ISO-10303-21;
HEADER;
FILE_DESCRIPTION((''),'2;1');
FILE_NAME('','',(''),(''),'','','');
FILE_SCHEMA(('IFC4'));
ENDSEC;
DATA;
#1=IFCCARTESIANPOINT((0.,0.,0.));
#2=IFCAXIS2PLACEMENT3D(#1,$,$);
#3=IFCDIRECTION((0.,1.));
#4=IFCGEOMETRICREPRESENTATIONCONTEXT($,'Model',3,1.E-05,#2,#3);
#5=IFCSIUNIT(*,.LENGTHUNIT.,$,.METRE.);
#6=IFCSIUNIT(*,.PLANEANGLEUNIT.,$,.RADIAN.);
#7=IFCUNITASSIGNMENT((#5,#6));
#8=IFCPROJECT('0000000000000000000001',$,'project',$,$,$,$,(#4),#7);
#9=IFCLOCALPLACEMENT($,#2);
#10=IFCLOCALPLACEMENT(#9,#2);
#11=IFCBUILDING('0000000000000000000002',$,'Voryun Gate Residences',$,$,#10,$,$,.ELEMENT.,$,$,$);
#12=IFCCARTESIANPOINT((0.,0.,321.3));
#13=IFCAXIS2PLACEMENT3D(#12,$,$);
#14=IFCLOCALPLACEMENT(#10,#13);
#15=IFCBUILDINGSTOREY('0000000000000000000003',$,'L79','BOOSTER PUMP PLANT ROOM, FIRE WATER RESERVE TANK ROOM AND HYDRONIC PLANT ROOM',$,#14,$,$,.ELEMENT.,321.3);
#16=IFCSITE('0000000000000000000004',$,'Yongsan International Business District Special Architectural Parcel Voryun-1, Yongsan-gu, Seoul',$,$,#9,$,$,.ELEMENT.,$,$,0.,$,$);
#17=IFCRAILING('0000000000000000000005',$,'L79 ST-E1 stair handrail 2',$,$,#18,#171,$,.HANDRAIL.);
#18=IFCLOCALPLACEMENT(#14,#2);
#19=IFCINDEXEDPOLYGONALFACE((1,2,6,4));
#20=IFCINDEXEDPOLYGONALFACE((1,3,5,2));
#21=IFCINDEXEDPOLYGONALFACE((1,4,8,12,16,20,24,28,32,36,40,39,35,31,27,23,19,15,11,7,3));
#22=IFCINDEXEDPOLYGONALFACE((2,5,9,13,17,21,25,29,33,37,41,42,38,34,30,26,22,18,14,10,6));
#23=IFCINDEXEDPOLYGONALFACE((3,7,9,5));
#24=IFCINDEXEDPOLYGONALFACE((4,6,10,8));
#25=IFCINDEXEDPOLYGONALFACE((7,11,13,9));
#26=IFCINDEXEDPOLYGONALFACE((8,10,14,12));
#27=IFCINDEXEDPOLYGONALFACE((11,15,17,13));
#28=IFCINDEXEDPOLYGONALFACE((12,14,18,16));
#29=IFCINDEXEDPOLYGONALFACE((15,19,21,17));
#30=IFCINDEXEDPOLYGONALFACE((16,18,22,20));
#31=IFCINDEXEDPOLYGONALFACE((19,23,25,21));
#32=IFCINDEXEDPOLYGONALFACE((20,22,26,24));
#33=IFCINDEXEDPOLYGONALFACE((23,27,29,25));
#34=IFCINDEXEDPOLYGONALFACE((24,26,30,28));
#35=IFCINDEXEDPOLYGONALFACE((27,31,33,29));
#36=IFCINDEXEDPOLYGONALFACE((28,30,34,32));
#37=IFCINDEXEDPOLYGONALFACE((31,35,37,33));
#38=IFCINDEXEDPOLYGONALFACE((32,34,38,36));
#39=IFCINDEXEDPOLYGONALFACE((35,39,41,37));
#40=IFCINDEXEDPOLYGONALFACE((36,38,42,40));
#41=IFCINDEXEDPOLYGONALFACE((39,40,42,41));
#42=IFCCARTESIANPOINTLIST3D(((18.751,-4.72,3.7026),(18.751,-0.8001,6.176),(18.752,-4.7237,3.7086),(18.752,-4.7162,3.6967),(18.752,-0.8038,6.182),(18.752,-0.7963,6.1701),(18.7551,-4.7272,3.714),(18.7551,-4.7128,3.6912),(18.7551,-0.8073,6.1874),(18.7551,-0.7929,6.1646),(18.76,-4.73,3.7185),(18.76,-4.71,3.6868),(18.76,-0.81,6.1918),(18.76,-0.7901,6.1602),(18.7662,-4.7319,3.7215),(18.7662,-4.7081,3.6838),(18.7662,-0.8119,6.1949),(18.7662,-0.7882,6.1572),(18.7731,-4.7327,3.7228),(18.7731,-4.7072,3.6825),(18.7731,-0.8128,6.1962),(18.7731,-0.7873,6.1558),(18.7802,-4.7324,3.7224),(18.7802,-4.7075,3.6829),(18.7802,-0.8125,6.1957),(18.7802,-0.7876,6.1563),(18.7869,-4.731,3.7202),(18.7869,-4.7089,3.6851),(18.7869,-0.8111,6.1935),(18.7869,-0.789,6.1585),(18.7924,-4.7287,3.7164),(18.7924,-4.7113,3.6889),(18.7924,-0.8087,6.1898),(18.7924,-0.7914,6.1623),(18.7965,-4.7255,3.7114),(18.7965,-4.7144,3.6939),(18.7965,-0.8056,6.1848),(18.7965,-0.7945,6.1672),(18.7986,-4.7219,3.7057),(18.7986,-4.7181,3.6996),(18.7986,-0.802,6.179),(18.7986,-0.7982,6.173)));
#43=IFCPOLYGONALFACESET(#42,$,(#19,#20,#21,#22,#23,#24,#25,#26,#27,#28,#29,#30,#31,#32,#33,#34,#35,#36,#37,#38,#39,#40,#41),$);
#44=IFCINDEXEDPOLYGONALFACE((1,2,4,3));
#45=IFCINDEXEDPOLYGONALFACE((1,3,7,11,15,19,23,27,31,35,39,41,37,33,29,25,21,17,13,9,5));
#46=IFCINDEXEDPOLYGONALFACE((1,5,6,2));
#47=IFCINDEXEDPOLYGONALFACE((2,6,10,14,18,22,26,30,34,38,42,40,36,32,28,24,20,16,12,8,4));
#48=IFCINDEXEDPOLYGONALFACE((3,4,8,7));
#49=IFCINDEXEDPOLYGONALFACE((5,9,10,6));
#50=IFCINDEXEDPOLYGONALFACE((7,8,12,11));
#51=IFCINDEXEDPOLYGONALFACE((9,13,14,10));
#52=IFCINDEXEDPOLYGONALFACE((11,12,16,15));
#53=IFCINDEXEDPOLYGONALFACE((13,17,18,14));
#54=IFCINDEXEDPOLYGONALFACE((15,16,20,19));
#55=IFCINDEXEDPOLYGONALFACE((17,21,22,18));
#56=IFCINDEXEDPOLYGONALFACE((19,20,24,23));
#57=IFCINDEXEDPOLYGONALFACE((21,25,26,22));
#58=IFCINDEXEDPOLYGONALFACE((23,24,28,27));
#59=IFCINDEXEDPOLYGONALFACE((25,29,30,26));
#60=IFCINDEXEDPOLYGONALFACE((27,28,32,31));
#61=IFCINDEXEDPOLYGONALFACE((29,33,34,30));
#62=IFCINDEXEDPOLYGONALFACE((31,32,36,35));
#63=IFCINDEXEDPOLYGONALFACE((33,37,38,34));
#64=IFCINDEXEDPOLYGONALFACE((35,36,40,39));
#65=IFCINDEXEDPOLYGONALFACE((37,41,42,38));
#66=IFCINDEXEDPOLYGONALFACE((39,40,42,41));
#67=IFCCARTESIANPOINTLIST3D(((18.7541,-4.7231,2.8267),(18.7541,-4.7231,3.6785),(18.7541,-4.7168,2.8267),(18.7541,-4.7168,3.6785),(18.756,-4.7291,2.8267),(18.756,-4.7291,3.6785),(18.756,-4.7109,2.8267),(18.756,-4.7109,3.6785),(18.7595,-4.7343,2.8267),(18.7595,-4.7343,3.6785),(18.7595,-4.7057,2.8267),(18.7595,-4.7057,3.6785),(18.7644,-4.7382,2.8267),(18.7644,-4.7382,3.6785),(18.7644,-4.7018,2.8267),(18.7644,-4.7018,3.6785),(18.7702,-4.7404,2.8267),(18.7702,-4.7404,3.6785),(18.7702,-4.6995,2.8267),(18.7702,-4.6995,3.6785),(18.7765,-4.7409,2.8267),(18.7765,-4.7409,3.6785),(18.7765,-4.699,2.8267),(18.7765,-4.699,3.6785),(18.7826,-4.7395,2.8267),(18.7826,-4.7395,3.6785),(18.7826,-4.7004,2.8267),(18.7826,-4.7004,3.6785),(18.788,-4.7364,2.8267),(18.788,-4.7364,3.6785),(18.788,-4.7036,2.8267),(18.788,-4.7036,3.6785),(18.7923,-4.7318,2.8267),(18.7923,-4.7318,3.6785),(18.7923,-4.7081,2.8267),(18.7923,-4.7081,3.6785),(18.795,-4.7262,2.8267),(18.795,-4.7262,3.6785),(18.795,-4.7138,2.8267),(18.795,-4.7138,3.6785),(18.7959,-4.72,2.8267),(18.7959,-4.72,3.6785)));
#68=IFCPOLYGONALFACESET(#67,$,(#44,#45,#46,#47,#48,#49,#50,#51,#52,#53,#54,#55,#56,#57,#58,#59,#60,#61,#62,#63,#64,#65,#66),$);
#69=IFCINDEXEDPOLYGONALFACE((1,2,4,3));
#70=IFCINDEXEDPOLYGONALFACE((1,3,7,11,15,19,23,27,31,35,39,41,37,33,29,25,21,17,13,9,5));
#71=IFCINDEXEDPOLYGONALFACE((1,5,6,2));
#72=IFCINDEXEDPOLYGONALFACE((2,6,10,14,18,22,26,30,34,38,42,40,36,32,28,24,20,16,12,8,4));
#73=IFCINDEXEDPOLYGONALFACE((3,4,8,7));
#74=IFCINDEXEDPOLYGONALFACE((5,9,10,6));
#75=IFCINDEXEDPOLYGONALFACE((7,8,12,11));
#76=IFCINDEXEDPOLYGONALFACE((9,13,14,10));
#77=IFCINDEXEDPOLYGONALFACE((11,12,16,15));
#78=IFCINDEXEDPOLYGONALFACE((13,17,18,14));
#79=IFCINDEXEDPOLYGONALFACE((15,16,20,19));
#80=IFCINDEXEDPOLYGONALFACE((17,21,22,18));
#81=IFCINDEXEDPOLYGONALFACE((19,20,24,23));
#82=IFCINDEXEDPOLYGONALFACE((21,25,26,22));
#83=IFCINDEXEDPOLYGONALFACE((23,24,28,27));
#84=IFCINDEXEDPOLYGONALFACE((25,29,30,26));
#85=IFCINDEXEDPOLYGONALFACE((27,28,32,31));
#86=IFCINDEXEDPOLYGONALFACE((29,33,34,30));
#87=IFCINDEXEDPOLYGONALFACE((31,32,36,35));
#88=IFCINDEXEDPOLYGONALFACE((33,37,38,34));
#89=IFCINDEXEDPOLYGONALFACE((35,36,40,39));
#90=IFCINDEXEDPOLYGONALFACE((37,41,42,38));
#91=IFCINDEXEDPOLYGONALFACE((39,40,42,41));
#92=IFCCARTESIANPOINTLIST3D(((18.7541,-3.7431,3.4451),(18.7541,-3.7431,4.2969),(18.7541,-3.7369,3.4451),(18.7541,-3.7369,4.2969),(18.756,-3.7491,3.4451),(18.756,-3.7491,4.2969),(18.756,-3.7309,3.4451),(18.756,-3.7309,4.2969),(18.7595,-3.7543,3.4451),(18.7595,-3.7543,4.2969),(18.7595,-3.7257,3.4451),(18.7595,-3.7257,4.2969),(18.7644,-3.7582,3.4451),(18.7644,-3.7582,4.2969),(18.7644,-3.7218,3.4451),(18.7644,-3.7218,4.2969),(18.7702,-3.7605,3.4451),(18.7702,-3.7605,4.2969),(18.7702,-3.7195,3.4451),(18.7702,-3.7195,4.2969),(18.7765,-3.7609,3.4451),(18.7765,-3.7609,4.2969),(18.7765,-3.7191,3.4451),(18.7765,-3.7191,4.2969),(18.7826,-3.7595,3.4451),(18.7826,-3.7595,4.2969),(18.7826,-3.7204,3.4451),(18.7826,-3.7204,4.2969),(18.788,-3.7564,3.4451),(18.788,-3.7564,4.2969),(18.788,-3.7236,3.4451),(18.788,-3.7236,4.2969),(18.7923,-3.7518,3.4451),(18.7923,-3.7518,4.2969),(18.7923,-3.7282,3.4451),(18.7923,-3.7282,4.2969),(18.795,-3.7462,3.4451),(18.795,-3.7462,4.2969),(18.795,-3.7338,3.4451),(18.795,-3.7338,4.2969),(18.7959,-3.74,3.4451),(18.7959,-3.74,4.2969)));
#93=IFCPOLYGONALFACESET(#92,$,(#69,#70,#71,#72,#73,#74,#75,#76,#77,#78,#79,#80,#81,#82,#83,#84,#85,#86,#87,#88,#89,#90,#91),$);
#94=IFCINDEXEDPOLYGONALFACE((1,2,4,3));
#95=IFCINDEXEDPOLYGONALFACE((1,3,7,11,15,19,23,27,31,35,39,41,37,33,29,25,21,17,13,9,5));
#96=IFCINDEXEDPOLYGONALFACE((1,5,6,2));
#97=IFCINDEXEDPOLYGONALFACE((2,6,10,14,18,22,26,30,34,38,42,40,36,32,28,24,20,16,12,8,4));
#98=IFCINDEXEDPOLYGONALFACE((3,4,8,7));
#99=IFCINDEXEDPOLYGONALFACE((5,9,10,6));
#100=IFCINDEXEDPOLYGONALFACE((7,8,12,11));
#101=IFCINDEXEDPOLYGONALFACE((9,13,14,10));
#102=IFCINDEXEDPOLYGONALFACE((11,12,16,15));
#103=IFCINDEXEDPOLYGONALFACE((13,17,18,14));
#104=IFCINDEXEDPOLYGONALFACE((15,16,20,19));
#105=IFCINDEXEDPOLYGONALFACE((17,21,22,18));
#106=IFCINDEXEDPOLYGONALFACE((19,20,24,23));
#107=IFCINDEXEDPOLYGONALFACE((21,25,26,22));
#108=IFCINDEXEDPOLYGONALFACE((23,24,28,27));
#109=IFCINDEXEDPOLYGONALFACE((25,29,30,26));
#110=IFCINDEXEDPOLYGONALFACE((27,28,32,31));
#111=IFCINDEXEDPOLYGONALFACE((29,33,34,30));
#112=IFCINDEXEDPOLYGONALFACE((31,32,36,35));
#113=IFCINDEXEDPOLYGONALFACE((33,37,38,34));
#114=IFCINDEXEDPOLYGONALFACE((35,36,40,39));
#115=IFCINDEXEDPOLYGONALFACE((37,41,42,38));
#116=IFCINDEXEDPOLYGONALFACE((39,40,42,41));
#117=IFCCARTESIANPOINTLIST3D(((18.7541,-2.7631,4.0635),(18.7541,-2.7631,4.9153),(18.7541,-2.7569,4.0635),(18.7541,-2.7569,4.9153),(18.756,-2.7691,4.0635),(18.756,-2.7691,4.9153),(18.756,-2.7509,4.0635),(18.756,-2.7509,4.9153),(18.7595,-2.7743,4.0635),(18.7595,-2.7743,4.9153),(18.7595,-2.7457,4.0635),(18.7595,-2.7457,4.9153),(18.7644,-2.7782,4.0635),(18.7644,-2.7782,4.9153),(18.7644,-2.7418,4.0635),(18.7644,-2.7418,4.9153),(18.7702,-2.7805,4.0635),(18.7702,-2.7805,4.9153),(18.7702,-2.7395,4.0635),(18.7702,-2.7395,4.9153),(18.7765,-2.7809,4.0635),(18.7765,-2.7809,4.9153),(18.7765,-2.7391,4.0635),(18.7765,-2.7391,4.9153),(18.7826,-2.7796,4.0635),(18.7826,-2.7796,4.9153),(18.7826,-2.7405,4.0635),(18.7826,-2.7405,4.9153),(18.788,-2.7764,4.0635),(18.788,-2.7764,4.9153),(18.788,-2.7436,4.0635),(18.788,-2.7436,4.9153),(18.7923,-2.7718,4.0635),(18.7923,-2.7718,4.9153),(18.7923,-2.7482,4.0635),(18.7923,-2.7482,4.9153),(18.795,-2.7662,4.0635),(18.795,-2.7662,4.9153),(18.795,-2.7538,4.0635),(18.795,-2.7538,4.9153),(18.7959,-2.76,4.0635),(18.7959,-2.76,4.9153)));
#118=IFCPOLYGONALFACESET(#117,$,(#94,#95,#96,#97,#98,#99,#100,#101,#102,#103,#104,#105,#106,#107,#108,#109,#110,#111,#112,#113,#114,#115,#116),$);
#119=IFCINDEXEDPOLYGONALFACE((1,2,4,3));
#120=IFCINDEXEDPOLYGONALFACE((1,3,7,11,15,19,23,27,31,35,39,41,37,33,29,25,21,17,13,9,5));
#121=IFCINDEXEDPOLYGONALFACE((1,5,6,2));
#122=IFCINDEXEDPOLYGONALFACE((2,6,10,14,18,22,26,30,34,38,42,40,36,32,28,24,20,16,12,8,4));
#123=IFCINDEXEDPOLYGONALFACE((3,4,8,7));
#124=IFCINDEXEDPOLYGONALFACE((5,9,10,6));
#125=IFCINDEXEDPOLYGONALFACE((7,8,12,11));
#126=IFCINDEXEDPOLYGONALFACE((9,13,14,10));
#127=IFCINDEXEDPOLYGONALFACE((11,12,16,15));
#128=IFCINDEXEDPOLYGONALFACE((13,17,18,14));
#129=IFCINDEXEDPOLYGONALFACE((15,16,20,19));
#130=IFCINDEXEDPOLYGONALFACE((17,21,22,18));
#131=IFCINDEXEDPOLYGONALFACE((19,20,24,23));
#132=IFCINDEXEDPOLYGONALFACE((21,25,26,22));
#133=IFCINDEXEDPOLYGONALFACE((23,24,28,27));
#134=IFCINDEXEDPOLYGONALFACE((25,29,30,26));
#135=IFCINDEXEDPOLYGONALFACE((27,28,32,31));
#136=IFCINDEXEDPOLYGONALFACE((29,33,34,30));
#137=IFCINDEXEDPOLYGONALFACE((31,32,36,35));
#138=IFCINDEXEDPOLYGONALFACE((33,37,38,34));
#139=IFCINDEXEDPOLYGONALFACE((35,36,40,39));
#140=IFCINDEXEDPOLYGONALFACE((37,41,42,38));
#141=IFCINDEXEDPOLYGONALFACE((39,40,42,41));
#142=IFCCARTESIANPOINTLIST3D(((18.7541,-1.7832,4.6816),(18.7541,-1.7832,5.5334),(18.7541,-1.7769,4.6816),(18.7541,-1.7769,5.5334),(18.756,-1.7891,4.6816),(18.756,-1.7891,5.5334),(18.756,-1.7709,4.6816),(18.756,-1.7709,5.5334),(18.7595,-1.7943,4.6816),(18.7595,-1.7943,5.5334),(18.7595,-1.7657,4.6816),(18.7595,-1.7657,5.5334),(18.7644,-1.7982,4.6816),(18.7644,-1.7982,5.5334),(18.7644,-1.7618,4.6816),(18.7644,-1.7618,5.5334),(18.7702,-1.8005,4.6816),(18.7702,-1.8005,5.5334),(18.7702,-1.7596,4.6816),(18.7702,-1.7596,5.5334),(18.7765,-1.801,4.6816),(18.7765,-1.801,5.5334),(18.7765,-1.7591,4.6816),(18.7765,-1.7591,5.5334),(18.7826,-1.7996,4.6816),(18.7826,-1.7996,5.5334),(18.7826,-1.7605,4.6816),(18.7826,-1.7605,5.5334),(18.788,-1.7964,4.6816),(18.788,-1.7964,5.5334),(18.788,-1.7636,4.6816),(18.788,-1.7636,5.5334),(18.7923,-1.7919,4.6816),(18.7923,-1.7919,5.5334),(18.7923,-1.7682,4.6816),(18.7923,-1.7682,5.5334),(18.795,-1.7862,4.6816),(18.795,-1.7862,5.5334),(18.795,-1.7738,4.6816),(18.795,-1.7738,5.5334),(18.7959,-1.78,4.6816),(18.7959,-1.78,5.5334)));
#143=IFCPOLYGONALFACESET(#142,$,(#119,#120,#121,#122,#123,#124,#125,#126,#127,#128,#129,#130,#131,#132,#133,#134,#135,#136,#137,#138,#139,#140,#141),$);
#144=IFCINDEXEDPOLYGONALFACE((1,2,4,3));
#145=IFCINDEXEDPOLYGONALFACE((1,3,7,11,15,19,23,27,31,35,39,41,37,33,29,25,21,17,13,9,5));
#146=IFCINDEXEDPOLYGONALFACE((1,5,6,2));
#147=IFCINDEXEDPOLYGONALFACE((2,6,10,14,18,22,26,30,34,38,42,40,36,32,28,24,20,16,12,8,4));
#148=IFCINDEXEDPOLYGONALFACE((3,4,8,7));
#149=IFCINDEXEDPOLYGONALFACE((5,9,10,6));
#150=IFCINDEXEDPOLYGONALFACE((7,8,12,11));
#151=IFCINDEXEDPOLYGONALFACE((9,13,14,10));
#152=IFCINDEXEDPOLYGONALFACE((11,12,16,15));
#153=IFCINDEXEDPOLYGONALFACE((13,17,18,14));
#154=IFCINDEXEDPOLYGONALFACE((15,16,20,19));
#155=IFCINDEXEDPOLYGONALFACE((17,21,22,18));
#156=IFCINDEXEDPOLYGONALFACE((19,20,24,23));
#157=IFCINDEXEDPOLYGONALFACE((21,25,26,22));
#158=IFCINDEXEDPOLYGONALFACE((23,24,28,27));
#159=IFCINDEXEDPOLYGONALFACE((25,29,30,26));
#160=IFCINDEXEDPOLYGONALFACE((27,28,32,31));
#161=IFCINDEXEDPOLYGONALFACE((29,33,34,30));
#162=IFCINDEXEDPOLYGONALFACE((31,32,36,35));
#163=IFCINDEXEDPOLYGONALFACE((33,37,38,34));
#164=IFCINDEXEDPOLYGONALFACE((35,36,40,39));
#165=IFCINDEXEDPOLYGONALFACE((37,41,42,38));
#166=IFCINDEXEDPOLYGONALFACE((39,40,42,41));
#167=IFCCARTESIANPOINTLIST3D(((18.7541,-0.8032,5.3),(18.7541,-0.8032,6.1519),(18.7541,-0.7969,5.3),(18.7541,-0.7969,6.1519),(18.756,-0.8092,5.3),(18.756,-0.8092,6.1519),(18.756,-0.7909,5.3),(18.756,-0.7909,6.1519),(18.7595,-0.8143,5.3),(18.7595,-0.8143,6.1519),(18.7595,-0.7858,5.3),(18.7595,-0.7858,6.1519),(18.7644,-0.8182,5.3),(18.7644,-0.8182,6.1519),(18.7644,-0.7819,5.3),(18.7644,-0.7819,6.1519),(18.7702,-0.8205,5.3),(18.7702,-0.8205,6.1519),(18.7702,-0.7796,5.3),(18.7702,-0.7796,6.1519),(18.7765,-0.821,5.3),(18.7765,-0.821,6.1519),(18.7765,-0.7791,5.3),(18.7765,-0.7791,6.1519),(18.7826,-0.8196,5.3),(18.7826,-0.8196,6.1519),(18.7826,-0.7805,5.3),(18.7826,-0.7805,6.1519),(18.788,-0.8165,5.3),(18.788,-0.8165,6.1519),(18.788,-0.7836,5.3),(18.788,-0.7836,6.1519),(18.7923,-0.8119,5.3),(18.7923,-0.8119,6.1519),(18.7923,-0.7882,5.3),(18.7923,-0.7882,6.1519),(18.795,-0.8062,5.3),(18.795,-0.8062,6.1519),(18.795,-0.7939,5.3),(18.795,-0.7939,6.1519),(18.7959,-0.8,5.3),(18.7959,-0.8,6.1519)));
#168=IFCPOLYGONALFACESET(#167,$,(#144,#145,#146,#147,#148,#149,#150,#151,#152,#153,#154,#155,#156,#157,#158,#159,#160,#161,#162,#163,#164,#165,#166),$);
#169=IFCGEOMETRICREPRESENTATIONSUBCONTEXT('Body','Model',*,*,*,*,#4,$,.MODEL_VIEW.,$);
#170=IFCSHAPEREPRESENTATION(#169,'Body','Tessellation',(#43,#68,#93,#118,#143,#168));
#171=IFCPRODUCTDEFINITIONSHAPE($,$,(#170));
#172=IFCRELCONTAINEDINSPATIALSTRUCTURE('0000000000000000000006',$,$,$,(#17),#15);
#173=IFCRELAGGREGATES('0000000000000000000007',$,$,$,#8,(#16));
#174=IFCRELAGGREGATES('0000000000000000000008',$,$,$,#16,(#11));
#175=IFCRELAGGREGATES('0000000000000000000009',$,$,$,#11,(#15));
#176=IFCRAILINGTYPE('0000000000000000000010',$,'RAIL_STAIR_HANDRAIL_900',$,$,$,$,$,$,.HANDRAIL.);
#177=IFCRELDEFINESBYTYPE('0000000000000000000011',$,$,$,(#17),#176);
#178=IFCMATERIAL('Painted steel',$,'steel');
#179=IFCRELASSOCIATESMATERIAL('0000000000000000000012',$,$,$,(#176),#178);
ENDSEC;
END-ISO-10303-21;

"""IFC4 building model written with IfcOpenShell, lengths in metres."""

from ifc_helpers import new_model, si_unit, direction, frame, origin, origin_2d, place, context, subcontext, project, spatial, circle, extrude, material, type_object, element, save


model = new_model("IFC4")

# Units and contexts
model_context = context("Model", 3, precision=1e-05, world=origin(), true_north=direction((0.0, 1.0)))
body_context = subcontext(model_context, "Body", "Model", "MODEL_VIEW")
ifc_project = project(units=[si_unit("LENGTHUNIT", "METRE"), si_unit("PLANEANGLEUNIT", "RADIAN")], contexts=[model_context])

# Site, building, storey
site_placement = place(None, origin())
site = spatial("IfcSite", under=ifc_project, at=site_placement, Name="Yongsan International Business District Special Architectural Parcel Voryun-1, Yongsan-gu, Seoul", CompositionType="ELEMENT", RefElevation=0.0)
building_placement = place(site_placement, origin())
building = spatial("IfcBuilding", under=site, at=building_placement, Name="Voryun Gate Residences", CompositionType="ELEMENT")
storey_placement = place(building_placement, frame((0.0, 0.0, 321.3)))
storey = spatial("IfcBuildingStorey", under=building, at=storey_placement, Name="L79", Description="BOOSTER PUMP PLANT ROOM, FIRE WATER RESERVE TANK ROOM AND HYDRONIC PLANT ROOM", CompositionType="ELEMENT", Elevation=321.3)

# Railing
ifc_material_1 = material(Name="Painted steel", Category="steel")
railing_type_1 = type_object("IfcRailingType", Name="RAIL_STAIR_HANDRAIL_900", PredefinedType="HANDRAIL", material=ifc_material_1)
railing_1_placement = place(storey_placement, frame((18.7749, -4.72, 2.8267)))
element("IfcRailing", 1, at=railing_1_placement, inside=storey, type_object=railing_type_1, Name="L79 ST-E1 stair handrail 2", PredefinedType="HANDRAIL", context=body_context, shape_type="SweptSolid", body=[
    extrude(circle(Radius=0.0239, at=origin_2d()), frame((0.0, 0.0, 0.876), z_axis=(0.0, 0.845718, 0.53363), x_axis=(-1.0, 0.0, 0.0)), (0.0, 0.0, 1.0), 4.635),
    extrude(circle(Radius=0.021, at=origin_2d()), origin(), (0.0, 0.0, 1.0), 0.8518),
    extrude(circle(Radius=0.021, at=origin_2d()), frame((0.0, 0.98, 0.6184)), (0.0, 0.0, 1.0), 0.8518),
    extrude(circle(Radius=0.021, at=origin_2d()), frame((0.0, 1.96, 1.2368)), (0.0, 0.0, 1.0), 0.8518),
    extrude(circle(Radius=0.021, at=origin_2d()), frame((0.0, 2.9399, 1.855)), (0.0, 0.0, 1.0), 0.8518),
    extrude(circle(Radius=0.021, at=origin_2d()), frame((0.0, 3.9199, 2.4734)), (0.0, 0.0, 1.0), 0.8518),
])

save(model, "model.ifc")
